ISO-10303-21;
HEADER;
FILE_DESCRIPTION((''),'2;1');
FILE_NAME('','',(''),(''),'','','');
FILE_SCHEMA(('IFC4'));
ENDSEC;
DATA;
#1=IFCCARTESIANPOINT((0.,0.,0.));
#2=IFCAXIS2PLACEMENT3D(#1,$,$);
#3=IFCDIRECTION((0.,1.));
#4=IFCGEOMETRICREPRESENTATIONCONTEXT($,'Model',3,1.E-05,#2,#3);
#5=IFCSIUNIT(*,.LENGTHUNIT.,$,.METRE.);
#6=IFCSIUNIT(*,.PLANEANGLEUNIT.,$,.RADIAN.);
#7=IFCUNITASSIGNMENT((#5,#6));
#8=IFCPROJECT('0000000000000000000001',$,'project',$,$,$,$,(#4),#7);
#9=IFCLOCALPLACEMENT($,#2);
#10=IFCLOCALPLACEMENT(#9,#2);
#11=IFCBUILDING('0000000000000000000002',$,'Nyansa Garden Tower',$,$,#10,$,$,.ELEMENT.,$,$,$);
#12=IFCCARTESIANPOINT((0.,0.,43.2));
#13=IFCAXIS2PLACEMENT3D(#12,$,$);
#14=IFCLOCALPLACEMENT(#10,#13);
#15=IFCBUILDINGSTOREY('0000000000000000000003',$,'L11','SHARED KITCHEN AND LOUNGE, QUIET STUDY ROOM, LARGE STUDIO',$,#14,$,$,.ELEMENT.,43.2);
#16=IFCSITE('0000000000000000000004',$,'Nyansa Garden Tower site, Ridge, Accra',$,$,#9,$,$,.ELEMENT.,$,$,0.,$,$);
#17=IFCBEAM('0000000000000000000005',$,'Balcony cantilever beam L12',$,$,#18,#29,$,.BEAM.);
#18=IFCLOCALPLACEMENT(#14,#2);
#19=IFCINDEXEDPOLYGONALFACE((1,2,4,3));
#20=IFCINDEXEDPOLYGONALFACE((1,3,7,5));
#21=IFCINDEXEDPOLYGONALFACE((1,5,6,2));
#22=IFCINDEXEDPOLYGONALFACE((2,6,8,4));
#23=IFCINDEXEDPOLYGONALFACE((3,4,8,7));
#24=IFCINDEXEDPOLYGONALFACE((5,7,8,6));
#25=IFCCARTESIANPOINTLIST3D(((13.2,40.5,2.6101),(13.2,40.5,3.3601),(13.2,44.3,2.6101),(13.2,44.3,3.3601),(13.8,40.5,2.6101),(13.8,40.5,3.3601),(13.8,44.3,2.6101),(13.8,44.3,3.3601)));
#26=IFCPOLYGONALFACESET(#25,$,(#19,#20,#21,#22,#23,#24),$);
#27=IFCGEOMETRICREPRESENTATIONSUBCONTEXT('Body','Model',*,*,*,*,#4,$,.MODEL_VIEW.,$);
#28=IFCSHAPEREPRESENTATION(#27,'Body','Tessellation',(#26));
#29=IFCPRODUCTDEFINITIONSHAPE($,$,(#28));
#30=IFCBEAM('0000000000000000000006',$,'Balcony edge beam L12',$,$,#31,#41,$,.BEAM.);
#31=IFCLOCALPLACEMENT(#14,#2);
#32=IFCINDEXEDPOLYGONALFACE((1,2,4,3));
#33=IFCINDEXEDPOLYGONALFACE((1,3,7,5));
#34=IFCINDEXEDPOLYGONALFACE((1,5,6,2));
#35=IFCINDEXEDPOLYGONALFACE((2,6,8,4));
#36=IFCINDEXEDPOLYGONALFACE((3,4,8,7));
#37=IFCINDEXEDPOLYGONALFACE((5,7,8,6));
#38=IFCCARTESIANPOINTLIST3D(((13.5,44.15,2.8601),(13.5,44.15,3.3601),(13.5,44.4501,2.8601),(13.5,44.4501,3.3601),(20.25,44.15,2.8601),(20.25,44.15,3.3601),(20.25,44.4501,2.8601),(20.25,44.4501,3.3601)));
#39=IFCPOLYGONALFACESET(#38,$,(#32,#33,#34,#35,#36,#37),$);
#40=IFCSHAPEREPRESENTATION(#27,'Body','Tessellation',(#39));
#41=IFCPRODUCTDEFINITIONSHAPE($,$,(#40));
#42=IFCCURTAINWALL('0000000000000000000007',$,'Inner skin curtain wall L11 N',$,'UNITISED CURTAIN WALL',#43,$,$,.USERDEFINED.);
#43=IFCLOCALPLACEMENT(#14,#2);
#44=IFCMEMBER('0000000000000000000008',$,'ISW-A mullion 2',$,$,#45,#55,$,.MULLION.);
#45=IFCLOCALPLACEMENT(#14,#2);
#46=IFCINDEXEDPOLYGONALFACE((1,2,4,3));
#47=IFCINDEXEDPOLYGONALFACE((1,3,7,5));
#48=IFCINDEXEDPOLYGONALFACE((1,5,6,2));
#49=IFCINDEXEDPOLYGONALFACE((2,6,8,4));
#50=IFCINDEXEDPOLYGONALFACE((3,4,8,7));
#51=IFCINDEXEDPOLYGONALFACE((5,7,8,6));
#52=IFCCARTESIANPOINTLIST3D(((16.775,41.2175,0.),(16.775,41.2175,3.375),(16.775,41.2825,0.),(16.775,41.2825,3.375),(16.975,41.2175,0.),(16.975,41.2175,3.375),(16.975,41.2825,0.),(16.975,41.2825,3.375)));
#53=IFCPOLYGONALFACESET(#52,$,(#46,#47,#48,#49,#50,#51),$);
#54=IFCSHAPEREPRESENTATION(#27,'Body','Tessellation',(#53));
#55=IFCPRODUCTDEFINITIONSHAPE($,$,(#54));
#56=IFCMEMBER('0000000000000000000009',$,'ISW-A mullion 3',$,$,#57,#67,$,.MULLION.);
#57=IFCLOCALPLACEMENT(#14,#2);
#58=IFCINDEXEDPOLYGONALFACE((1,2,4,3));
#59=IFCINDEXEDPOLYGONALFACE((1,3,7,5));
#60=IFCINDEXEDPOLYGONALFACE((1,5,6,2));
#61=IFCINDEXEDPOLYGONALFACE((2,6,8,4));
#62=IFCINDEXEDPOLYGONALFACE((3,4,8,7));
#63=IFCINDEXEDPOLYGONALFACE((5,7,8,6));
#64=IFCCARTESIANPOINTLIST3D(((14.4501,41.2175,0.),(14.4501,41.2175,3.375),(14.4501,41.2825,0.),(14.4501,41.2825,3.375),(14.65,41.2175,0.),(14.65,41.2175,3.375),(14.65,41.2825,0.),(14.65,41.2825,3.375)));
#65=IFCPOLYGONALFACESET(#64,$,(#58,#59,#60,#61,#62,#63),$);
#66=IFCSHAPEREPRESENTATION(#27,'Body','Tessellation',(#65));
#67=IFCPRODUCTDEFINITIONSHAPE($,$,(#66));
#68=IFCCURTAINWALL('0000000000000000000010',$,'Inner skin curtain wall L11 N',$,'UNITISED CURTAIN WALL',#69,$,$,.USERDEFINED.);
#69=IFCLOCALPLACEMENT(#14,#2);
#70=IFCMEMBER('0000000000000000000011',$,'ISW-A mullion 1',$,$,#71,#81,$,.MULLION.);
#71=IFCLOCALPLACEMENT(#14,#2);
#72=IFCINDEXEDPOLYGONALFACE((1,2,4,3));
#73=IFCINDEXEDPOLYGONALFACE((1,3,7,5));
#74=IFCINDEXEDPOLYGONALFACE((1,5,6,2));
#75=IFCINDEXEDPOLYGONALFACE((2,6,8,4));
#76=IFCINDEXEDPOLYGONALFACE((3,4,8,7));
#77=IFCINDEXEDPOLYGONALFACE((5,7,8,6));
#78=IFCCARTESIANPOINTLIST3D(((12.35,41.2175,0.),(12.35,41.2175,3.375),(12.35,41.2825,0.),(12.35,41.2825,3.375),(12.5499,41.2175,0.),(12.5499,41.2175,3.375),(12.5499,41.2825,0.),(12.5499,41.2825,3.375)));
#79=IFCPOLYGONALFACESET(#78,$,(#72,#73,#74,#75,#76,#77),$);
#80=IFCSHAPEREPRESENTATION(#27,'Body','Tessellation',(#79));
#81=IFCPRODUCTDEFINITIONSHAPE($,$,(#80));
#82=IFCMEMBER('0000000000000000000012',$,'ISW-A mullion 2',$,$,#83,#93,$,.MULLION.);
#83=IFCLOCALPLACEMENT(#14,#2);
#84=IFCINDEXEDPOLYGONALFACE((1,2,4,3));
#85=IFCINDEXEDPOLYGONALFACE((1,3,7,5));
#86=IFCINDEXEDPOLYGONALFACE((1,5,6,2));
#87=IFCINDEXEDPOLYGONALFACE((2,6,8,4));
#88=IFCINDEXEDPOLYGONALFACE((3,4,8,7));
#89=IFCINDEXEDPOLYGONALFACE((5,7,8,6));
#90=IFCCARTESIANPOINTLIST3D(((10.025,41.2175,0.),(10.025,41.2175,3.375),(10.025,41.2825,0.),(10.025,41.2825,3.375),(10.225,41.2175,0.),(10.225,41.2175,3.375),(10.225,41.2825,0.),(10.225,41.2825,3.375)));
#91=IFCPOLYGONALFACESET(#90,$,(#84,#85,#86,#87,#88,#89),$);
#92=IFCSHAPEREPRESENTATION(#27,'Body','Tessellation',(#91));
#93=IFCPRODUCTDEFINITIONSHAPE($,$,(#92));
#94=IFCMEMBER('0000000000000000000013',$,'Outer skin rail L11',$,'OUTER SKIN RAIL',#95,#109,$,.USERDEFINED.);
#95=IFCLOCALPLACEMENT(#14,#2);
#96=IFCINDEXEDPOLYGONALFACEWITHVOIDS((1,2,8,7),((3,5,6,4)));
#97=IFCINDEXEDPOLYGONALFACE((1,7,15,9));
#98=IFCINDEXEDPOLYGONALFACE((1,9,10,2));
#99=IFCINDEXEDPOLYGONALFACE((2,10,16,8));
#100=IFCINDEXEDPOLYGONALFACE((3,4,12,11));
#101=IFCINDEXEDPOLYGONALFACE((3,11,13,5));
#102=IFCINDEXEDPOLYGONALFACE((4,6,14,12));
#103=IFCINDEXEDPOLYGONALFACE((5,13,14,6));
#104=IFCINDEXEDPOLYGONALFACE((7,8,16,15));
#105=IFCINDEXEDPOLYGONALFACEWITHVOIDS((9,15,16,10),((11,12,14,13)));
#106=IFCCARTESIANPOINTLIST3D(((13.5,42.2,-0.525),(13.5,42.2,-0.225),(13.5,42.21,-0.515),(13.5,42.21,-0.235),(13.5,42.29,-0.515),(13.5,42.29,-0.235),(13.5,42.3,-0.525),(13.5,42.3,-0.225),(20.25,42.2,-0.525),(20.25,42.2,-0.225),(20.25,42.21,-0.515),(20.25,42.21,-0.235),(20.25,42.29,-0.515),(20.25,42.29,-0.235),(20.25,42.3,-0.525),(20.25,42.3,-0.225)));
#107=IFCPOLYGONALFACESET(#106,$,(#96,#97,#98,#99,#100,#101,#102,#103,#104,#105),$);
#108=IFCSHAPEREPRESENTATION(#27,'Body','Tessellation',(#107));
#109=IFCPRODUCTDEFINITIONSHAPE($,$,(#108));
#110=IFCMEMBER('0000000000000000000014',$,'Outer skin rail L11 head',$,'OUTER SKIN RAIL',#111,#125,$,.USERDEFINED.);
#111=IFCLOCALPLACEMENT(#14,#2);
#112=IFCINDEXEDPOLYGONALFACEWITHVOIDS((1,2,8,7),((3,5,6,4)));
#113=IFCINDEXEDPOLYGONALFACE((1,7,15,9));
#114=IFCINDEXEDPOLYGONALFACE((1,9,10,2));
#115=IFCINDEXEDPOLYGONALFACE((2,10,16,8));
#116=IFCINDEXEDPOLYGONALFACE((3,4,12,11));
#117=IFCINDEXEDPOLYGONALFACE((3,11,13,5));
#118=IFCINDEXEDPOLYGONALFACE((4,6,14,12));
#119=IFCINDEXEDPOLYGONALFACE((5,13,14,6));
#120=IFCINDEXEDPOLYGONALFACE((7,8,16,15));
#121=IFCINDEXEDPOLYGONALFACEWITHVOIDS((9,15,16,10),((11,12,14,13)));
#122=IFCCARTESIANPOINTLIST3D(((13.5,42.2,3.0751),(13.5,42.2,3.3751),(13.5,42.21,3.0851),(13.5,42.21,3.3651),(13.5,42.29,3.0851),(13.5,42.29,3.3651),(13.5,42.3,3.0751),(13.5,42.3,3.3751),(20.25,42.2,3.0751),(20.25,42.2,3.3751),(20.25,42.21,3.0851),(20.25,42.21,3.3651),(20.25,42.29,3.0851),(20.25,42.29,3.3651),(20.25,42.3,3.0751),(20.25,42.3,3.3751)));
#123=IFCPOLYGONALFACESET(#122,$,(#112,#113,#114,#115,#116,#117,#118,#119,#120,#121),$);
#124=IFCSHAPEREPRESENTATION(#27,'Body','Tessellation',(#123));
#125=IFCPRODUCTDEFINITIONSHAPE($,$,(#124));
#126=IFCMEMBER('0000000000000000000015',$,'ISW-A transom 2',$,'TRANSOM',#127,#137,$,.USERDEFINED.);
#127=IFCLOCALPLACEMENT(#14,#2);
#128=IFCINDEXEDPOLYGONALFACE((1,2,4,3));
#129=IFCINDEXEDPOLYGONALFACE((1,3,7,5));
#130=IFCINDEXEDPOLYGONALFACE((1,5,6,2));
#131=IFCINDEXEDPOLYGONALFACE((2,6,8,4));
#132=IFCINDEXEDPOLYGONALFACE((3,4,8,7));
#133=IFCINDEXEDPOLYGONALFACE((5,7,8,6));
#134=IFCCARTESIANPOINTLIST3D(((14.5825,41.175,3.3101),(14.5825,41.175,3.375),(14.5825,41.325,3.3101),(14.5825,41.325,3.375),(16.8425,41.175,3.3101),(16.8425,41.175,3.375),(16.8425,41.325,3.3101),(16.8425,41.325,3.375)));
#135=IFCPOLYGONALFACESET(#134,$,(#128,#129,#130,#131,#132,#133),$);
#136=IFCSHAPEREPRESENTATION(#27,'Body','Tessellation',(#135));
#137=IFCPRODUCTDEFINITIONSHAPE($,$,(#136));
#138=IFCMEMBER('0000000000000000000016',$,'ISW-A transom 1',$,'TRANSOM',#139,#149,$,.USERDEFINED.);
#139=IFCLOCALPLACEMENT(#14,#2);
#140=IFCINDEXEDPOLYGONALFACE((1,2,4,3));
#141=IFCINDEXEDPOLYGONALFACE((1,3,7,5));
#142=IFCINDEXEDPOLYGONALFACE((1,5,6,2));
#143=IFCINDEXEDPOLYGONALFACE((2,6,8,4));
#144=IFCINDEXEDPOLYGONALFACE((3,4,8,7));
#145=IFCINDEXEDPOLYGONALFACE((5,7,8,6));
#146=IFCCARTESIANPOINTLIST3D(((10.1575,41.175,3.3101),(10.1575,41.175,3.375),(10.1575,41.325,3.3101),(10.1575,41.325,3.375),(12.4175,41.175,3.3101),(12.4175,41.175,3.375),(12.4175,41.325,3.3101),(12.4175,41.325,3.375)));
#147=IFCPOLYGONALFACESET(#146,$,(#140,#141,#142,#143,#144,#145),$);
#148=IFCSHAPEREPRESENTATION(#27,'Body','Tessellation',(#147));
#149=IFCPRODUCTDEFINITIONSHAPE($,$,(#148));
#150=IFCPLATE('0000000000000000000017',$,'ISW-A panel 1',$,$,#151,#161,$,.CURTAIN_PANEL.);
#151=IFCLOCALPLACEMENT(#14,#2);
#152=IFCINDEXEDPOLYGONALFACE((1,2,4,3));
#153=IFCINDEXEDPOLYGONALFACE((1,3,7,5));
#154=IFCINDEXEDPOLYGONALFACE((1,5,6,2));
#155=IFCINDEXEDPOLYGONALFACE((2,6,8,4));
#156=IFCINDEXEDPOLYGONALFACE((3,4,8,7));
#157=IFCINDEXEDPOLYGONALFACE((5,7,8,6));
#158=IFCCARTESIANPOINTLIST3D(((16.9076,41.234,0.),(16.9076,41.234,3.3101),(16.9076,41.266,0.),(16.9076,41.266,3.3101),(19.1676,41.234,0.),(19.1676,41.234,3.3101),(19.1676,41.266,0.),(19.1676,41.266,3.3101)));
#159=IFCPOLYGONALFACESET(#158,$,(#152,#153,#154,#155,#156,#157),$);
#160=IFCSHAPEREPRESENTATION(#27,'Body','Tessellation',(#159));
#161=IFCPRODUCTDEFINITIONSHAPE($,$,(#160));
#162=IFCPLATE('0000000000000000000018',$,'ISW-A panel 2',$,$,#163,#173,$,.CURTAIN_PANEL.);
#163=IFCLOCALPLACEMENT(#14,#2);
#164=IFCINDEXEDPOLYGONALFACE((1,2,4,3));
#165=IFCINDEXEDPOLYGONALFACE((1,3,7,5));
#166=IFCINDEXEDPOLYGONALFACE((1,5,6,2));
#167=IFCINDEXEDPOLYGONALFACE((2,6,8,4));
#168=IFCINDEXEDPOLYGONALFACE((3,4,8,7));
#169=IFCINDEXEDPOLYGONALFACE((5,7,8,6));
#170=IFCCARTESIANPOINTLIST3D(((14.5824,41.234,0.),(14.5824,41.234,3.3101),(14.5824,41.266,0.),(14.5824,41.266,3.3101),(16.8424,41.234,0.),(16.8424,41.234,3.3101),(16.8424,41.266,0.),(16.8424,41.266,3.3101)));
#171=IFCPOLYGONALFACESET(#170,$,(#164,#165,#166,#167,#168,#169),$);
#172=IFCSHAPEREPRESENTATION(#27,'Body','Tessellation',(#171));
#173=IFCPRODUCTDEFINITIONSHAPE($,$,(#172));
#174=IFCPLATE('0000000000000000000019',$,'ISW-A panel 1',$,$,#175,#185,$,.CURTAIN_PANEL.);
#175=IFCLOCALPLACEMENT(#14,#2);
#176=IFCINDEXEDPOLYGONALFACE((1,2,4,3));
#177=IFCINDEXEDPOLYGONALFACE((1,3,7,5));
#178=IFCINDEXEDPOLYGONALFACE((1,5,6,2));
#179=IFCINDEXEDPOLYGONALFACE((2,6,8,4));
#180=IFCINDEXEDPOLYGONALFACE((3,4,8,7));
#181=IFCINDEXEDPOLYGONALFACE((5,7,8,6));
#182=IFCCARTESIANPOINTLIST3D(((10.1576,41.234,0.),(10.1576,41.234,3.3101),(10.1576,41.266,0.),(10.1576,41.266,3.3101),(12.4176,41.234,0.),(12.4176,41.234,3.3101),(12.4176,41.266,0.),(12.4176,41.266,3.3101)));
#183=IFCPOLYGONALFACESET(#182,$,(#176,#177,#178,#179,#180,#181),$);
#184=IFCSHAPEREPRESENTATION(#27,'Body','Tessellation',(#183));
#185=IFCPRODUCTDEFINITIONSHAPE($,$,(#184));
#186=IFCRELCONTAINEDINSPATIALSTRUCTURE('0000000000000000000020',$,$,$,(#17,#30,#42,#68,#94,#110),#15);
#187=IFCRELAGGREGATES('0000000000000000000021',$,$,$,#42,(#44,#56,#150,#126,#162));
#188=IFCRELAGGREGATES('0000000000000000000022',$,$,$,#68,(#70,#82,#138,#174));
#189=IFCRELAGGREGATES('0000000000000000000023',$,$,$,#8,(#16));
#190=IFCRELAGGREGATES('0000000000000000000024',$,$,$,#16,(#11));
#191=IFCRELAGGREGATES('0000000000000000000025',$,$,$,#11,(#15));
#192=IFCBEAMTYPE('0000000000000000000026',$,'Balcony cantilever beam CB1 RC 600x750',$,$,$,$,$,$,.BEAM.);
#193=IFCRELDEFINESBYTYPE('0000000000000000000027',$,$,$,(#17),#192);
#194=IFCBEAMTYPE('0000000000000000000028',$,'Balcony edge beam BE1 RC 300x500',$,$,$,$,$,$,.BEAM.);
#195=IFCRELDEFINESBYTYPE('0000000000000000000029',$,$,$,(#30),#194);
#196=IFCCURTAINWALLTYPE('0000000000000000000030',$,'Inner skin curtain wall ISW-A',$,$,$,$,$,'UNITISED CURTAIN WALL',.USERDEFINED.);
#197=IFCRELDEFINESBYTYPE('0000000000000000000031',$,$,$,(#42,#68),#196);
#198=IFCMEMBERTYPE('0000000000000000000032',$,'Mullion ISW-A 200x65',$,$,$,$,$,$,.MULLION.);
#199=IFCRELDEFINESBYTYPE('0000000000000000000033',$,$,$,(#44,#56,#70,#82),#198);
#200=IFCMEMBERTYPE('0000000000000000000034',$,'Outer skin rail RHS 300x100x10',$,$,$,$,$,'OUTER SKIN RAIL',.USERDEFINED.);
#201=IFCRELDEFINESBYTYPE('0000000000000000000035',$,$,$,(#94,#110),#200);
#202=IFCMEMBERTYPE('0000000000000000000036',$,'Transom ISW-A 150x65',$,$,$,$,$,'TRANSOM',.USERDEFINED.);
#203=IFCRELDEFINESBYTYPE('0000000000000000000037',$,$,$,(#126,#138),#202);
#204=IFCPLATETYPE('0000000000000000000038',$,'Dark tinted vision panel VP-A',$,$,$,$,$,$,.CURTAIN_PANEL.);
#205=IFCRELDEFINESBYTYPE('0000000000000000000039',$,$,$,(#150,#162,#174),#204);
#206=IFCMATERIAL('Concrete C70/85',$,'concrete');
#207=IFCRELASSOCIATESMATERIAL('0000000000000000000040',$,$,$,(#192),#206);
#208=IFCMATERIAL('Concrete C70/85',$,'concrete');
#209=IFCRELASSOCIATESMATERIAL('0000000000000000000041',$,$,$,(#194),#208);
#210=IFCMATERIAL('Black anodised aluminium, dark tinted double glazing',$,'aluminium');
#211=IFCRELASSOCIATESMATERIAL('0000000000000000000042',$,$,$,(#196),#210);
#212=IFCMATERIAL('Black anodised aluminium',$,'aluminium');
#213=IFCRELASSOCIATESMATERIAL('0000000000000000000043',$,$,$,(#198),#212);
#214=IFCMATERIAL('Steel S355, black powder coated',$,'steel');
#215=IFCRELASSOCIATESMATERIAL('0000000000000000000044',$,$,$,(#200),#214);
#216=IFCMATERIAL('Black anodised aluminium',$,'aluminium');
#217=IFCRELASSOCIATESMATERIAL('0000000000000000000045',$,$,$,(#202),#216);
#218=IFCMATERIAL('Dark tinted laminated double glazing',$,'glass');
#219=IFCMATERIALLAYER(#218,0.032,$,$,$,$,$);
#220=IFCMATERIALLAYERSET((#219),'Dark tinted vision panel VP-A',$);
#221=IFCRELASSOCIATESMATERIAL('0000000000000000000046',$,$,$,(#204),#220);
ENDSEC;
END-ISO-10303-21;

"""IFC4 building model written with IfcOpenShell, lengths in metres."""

from ifc_helpers import new_model, si_unit, direction, frame, origin, origin_2d, place, context, subcontext, project, spatial, rectangle, hollow_rectangle, extrude, material, layer, layer_set, material_profile, profile_set, type_object, element, aggregate, save


model = new_model("IFC4")

# Units and contexts
model_context = context("Model", 3, precision=1e-05, world=origin(), true_north=direction((0.0, 1.0)))
body_context = subcontext(model_context, "Body", "Model", "MODEL_VIEW")
ifc_project = project(units=[si_unit("LENGTHUNIT", "METRE"), si_unit("PLANEANGLEUNIT", "RADIAN")], contexts=[model_context])

# Site, building, storey
site_placement = place(None, origin())
site = spatial("IfcSite", under=ifc_project, at=site_placement, Name="Nyansa Garden Tower site, Ridge, Accra", CompositionType="ELEMENT", RefElevation=0.0)
building_placement = place(site_placement, origin())
building = spatial("IfcBuilding", under=site, at=building_placement, Name="Nyansa Garden Tower", CompositionType="ELEMENT")
storey_placement = place(building_placement, frame((0.0, 0.0, 43.2)))
storey = spatial("IfcBuildingStorey", under=building, at=storey_placement, Name="L11", Description="SHARED KITCHEN AND LOUNGE, QUIET STUDY ROOM, LARGE STUDIO", CompositionType="ELEMENT", Elevation=43.2)

# Beams
ifc_material_1 = material(Name="Concrete C70/85", Category="concrete")
ifc_material_profile_1 = material_profile(ifc_material_1, rectangle(XDim=0.6001, YDim=0.75, at=origin_2d()), Name="RC 600x750")
ifc_profile_set_1 = profile_set([ifc_material_profile_1], Name="Concrete C70/85")
beam_type_1 = type_object("IfcBeamType", Name="Balcony cantilever beam CB1 RC 600x750", PredefinedType="BEAM", material=ifc_profile_set_1)
beam_1_placement = place(storey_placement, frame((13.5, 40.5, 2.9851), z_axis=(0.0, 1.0, 0.0), x_axis=(-1.0, 0.0, 0.0)))
element("IfcBeam", 1, at=beam_1_placement, inside=storey, type_object=beam_type_1, Name="Balcony cantilever beam L12", PredefinedType="BEAM", context=body_context, shape_type="SweptSolid", body=[
    extrude(rectangle(XDim=0.6001, YDim=0.75, at=origin_2d()), origin(), (0.0, 0.0, 1.0), 3.8),
])
ifc_material_2 = material(Name="Concrete C70/85", Category="concrete")
ifc_material_profile_2 = material_profile(ifc_material_2, rectangle(XDim=0.3, YDim=0.5, at=origin_2d()), Name="RC 300x500")
ifc_profile_set_2 = profile_set([ifc_material_profile_2], Name="Concrete C70/85")
beam_type_2 = type_object("IfcBeamType", Name="Balcony edge beam BE1 RC 300x500", PredefinedType="BEAM", material=ifc_profile_set_2)
beam_2_placement = place(storey_placement, frame((13.5, 44.3, 3.1101), z_axis=(1.0, 0.0, 0.0), x_axis=(0.0, 1.0, 0.0)))
element("IfcBeam", 2, at=beam_2_placement, inside=storey, type_object=beam_type_2, Name="Balcony edge beam L12", PredefinedType="BEAM", context=body_context, shape_type="SweptSolid", body=[
    extrude(rectangle(XDim=0.3, YDim=0.5, at=origin_2d()), origin(), (0.0, 0.0, 1.0), 6.75),
])

# Curtain walls, members
ifc_material_3 = material(Name="Black anodised aluminium, dark tinted double glazing", Category="aluminium")
curtain_wall_type = type_object("IfcCurtainWallType", Name="Inner skin curtain wall ISW-A", ElementType="UNITISED CURTAIN WALL", PredefinedType="USERDEFINED", material=ifc_material_3)
curtain_wall_1_placement = place(storey_placement, origin())
curtain_wall_1 = element("IfcCurtainWall", 3, at=curtain_wall_1_placement, inside=storey, type_object=curtain_wall_type, Name="Inner skin curtain wall L11 N", ObjectType="UNITISED CURTAIN WALL", PredefinedType="USERDEFINED")
ifc_material_4 = material(Name="Black anodised aluminium", Category="aluminium")
ifc_material_profile_3 = material_profile(ifc_material_4, rectangle(XDim=0.0649, YDim=0.2, at=origin_2d()), Name="Mullion 200x65")
ifc_profile_set_3 = profile_set([ifc_material_profile_3], Name="Black anodised aluminium")
member_type_1 = type_object("IfcMemberType", Name="Mullion ISW-A 200x65", PredefinedType="MULLION", material=ifc_profile_set_3)
member_1_placement = place(storey_placement, frame((16.875, 41.25, 0.0), z_axis=(0.0, 0.0, 1.0), x_axis=(0.0, -1.0, 0.0)))
member_1 = element("IfcMember", 4, at=member_1_placement, type_object=member_type_1, Name="ISW-A mullion 2", PredefinedType="MULLION", context=body_context, shape_type="SweptSolid", body=[
    extrude(rectangle(XDim=0.0649, YDim=0.2, at=origin_2d()), origin(), (0.0, 0.0, 1.0), 3.375),
])
member_2_placement = place(storey_placement, frame((14.55, 41.25, 0.0), z_axis=(0.0, 0.0, 1.0), x_axis=(0.0, -1.0, 0.0)))
member_2 = element("IfcMember", 5, at=member_2_placement, type_object=member_type_1, Name="ISW-A mullion 3", PredefinedType="MULLION", context=body_context, shape_type="SweptSolid", body=[
    extrude(rectangle(XDim=0.0649, YDim=0.2, at=origin_2d()), origin(), (0.0, 0.0, 1.0), 3.375),
])
curtain_wall_2_placement = place(storey_placement, origin())
curtain_wall_2 = element("IfcCurtainWall", 6, at=curtain_wall_2_placement, inside=storey, type_object=curtain_wall_type, Name="Inner skin curtain wall L11 N", ObjectType="UNITISED CURTAIN WALL", PredefinedType="USERDEFINED")
member_3_placement = place(storey_placement, frame((12.45, 41.25, 0.0), z_axis=(0.0, 0.0, 1.0), x_axis=(0.0, -1.0, 0.0)))
member_3 = element("IfcMember", 7, at=member_3_placement, type_object=member_type_1, Name="ISW-A mullion 1", PredefinedType="MULLION", context=body_context, shape_type="SweptSolid", body=[
    extrude(rectangle(XDim=0.0649, YDim=0.2, at=origin_2d()), origin(), (0.0, 0.0, 1.0), 3.375),
])
member_4_placement = place(storey_placement, frame((10.125, 41.25, 0.0), z_axis=(0.0, 0.0, 1.0), x_axis=(0.0, -1.0, 0.0)))
member_4 = element("IfcMember", 8, at=member_4_placement, type_object=member_type_1, Name="ISW-A mullion 2", PredefinedType="MULLION", context=body_context, shape_type="SweptSolid", body=[
    extrude(rectangle(XDim=0.0649, YDim=0.2, at=origin_2d()), origin(), (0.0, 0.0, 1.0), 3.375),
])

# Members
ifc_material_5 = material(Name="Steel S355, black powder coated", Category="steel")
ifc_material_profile_4 = material_profile(ifc_material_5, hollow_rectangle(XDim=0.1001, YDim=0.3, WallThickness=0.01, at=origin_2d()), Name="RHS 300x100x10")
ifc_profile_set_4 = profile_set([ifc_material_profile_4], Name="Steel S355, black powder coated")
member_type_2 = type_object("IfcMemberType", Name="Outer skin rail RHS 300x100x10", ElementType="OUTER SKIN RAIL", PredefinedType="USERDEFINED", material=ifc_profile_set_4)
for number, where, z_axis, x_axis, name in (
    (9, (13.5, 42.25, -0.375), (1.0, 0.0, 0.0), (0.0, 1.0, 0.0), "Outer skin rail L11"),
    (10, (13.5, 42.25, 3.2251), (1.0, 0.0, 0.0), (0.0, 1.0, 0.0), "Outer skin rail L11 head"),
):
    element("IfcMember", number, at=place(storey_placement, frame(where, z_axis=z_axis, x_axis=x_axis)), inside=storey, type_object=member_type_2, Name=name, ObjectType="OUTER SKIN RAIL", PredefinedType="USERDEFINED", context=body_context, shape_type="SweptSolid", body=[
        extrude(hollow_rectangle(XDim=0.1001, YDim=0.3, WallThickness=0.01, at=origin_2d()), origin(), (0.0, 0.0, 1.0), 6.75),
    ])

# Members
ifc_material_6 = material(Name="Black anodised aluminium", Category="aluminium")
ifc_material_profile_5 = material_profile(ifc_material_6, rectangle(XDim=0.1499, YDim=0.0649, at=origin_2d()), Name="Transom 150x65")
ifc_profile_set_5 = profile_set([ifc_material_profile_5], Name="Black anodised aluminium")
member_type_3 = type_object("IfcMemberType", Name="Transom ISW-A 150x65", ElementType="TRANSOM", PredefinedType="USERDEFINED", material=ifc_profile_set_5)
member_5_placement = place(storey_placement, frame((16.8425, 41.25, 3.3425), z_axis=(-1.0, 0.0, 0.0), x_axis=(0.0, -1.0, 0.0)))
member_5 = element("IfcMember", 11, at=member_5_placement, type_object=member_type_3, Name="ISW-A transom 2", ObjectType="TRANSOM", PredefinedType="USERDEFINED", context=body_context, shape_type="SweptSolid", body=[
    extrude(rectangle(XDim=0.1499, YDim=0.0649, at=origin_2d()), origin(), (0.0, 0.0, 1.0), 2.26),
])
member_6_placement = place(storey_placement, frame((12.4175, 41.25, 3.3425), z_axis=(-1.0, 0.0, 0.0), x_axis=(0.0, -1.0, 0.0)))
member_6 = element("IfcMember", 12, at=member_6_placement, type_object=member_type_3, Name="ISW-A transom 1", ObjectType="TRANSOM", PredefinedType="USERDEFINED", context=body_context, shape_type="SweptSolid", body=[
    extrude(rectangle(XDim=0.1499, YDim=0.0649, at=origin_2d()), origin(), (0.0, 0.0, 1.0), 2.26),
])

# Plates
ifc_material_7 = material(Name="Dark tinted laminated double glazing", Category="glass")
ifc_layer_1 = layer(ifc_material_7, 0.032)
ifc_layer_set_1 = layer_set([ifc_layer_1], Name="Dark tinted vision panel VP-A")
plate_type_1 = type_object("IfcPlateType", Name="Dark tinted vision panel VP-A", PredefinedType="CURTAIN_PANEL", material=ifc_layer_set_1)
plate_1_placement = place(storey_placement, frame((18.0376, 41.25, 0.0), z_axis=(0.0, 0.0, 1.0), x_axis=(-1.0, 0.0, 0.0)))
plate_1 = element("IfcPlate", 13, at=plate_1_placement, type_object=plate_type_1, Name="ISW-A panel 1", PredefinedType="CURTAIN_PANEL", context=body_context, shape_type="SweptSolid", body=[
    extrude(rectangle(XDim=2.26, YDim=0.032, at=origin_2d()), origin(), (0.0, 0.0, 1.0), 3.3101),
])
plate_2_placement = place(storey_placement, frame((15.7124, 41.25, 0.0), z_axis=(0.0, 0.0, 1.0), x_axis=(-1.0, 0.0, 0.0)))
plate_2 = element("IfcPlate", 14, at=plate_2_placement, type_object=plate_type_1, Name="ISW-A panel 2", PredefinedType="CURTAIN_PANEL", context=body_context, shape_type="SweptSolid", body=[
    extrude(rectangle(XDim=2.26, YDim=0.032, at=origin_2d()), origin(), (0.0, 0.0, 1.0), 3.3101),
])
aggregate(curtain_wall_1, [member_1, member_2, plate_1, member_5, plate_2])
plate_3_placement = place(storey_placement, frame((11.2876, 41.25, 0.0), z_axis=(0.0, 0.0, 1.0), x_axis=(-1.0, 0.0, 0.0)))
plate_3 = element("IfcPlate", 15, at=plate_3_placement, type_object=plate_type_1, Name="ISW-A panel 1", PredefinedType="CURTAIN_PANEL", context=body_context, shape_type="SweptSolid", body=[
    extrude(rectangle(XDim=2.26, YDim=0.032, at=origin_2d()), origin(), (0.0, 0.0, 1.0), 3.3101),
])
aggregate(curtain_wall_2, [member_3, member_4, member_6, plate_3])

save(model, "model.ifc")
